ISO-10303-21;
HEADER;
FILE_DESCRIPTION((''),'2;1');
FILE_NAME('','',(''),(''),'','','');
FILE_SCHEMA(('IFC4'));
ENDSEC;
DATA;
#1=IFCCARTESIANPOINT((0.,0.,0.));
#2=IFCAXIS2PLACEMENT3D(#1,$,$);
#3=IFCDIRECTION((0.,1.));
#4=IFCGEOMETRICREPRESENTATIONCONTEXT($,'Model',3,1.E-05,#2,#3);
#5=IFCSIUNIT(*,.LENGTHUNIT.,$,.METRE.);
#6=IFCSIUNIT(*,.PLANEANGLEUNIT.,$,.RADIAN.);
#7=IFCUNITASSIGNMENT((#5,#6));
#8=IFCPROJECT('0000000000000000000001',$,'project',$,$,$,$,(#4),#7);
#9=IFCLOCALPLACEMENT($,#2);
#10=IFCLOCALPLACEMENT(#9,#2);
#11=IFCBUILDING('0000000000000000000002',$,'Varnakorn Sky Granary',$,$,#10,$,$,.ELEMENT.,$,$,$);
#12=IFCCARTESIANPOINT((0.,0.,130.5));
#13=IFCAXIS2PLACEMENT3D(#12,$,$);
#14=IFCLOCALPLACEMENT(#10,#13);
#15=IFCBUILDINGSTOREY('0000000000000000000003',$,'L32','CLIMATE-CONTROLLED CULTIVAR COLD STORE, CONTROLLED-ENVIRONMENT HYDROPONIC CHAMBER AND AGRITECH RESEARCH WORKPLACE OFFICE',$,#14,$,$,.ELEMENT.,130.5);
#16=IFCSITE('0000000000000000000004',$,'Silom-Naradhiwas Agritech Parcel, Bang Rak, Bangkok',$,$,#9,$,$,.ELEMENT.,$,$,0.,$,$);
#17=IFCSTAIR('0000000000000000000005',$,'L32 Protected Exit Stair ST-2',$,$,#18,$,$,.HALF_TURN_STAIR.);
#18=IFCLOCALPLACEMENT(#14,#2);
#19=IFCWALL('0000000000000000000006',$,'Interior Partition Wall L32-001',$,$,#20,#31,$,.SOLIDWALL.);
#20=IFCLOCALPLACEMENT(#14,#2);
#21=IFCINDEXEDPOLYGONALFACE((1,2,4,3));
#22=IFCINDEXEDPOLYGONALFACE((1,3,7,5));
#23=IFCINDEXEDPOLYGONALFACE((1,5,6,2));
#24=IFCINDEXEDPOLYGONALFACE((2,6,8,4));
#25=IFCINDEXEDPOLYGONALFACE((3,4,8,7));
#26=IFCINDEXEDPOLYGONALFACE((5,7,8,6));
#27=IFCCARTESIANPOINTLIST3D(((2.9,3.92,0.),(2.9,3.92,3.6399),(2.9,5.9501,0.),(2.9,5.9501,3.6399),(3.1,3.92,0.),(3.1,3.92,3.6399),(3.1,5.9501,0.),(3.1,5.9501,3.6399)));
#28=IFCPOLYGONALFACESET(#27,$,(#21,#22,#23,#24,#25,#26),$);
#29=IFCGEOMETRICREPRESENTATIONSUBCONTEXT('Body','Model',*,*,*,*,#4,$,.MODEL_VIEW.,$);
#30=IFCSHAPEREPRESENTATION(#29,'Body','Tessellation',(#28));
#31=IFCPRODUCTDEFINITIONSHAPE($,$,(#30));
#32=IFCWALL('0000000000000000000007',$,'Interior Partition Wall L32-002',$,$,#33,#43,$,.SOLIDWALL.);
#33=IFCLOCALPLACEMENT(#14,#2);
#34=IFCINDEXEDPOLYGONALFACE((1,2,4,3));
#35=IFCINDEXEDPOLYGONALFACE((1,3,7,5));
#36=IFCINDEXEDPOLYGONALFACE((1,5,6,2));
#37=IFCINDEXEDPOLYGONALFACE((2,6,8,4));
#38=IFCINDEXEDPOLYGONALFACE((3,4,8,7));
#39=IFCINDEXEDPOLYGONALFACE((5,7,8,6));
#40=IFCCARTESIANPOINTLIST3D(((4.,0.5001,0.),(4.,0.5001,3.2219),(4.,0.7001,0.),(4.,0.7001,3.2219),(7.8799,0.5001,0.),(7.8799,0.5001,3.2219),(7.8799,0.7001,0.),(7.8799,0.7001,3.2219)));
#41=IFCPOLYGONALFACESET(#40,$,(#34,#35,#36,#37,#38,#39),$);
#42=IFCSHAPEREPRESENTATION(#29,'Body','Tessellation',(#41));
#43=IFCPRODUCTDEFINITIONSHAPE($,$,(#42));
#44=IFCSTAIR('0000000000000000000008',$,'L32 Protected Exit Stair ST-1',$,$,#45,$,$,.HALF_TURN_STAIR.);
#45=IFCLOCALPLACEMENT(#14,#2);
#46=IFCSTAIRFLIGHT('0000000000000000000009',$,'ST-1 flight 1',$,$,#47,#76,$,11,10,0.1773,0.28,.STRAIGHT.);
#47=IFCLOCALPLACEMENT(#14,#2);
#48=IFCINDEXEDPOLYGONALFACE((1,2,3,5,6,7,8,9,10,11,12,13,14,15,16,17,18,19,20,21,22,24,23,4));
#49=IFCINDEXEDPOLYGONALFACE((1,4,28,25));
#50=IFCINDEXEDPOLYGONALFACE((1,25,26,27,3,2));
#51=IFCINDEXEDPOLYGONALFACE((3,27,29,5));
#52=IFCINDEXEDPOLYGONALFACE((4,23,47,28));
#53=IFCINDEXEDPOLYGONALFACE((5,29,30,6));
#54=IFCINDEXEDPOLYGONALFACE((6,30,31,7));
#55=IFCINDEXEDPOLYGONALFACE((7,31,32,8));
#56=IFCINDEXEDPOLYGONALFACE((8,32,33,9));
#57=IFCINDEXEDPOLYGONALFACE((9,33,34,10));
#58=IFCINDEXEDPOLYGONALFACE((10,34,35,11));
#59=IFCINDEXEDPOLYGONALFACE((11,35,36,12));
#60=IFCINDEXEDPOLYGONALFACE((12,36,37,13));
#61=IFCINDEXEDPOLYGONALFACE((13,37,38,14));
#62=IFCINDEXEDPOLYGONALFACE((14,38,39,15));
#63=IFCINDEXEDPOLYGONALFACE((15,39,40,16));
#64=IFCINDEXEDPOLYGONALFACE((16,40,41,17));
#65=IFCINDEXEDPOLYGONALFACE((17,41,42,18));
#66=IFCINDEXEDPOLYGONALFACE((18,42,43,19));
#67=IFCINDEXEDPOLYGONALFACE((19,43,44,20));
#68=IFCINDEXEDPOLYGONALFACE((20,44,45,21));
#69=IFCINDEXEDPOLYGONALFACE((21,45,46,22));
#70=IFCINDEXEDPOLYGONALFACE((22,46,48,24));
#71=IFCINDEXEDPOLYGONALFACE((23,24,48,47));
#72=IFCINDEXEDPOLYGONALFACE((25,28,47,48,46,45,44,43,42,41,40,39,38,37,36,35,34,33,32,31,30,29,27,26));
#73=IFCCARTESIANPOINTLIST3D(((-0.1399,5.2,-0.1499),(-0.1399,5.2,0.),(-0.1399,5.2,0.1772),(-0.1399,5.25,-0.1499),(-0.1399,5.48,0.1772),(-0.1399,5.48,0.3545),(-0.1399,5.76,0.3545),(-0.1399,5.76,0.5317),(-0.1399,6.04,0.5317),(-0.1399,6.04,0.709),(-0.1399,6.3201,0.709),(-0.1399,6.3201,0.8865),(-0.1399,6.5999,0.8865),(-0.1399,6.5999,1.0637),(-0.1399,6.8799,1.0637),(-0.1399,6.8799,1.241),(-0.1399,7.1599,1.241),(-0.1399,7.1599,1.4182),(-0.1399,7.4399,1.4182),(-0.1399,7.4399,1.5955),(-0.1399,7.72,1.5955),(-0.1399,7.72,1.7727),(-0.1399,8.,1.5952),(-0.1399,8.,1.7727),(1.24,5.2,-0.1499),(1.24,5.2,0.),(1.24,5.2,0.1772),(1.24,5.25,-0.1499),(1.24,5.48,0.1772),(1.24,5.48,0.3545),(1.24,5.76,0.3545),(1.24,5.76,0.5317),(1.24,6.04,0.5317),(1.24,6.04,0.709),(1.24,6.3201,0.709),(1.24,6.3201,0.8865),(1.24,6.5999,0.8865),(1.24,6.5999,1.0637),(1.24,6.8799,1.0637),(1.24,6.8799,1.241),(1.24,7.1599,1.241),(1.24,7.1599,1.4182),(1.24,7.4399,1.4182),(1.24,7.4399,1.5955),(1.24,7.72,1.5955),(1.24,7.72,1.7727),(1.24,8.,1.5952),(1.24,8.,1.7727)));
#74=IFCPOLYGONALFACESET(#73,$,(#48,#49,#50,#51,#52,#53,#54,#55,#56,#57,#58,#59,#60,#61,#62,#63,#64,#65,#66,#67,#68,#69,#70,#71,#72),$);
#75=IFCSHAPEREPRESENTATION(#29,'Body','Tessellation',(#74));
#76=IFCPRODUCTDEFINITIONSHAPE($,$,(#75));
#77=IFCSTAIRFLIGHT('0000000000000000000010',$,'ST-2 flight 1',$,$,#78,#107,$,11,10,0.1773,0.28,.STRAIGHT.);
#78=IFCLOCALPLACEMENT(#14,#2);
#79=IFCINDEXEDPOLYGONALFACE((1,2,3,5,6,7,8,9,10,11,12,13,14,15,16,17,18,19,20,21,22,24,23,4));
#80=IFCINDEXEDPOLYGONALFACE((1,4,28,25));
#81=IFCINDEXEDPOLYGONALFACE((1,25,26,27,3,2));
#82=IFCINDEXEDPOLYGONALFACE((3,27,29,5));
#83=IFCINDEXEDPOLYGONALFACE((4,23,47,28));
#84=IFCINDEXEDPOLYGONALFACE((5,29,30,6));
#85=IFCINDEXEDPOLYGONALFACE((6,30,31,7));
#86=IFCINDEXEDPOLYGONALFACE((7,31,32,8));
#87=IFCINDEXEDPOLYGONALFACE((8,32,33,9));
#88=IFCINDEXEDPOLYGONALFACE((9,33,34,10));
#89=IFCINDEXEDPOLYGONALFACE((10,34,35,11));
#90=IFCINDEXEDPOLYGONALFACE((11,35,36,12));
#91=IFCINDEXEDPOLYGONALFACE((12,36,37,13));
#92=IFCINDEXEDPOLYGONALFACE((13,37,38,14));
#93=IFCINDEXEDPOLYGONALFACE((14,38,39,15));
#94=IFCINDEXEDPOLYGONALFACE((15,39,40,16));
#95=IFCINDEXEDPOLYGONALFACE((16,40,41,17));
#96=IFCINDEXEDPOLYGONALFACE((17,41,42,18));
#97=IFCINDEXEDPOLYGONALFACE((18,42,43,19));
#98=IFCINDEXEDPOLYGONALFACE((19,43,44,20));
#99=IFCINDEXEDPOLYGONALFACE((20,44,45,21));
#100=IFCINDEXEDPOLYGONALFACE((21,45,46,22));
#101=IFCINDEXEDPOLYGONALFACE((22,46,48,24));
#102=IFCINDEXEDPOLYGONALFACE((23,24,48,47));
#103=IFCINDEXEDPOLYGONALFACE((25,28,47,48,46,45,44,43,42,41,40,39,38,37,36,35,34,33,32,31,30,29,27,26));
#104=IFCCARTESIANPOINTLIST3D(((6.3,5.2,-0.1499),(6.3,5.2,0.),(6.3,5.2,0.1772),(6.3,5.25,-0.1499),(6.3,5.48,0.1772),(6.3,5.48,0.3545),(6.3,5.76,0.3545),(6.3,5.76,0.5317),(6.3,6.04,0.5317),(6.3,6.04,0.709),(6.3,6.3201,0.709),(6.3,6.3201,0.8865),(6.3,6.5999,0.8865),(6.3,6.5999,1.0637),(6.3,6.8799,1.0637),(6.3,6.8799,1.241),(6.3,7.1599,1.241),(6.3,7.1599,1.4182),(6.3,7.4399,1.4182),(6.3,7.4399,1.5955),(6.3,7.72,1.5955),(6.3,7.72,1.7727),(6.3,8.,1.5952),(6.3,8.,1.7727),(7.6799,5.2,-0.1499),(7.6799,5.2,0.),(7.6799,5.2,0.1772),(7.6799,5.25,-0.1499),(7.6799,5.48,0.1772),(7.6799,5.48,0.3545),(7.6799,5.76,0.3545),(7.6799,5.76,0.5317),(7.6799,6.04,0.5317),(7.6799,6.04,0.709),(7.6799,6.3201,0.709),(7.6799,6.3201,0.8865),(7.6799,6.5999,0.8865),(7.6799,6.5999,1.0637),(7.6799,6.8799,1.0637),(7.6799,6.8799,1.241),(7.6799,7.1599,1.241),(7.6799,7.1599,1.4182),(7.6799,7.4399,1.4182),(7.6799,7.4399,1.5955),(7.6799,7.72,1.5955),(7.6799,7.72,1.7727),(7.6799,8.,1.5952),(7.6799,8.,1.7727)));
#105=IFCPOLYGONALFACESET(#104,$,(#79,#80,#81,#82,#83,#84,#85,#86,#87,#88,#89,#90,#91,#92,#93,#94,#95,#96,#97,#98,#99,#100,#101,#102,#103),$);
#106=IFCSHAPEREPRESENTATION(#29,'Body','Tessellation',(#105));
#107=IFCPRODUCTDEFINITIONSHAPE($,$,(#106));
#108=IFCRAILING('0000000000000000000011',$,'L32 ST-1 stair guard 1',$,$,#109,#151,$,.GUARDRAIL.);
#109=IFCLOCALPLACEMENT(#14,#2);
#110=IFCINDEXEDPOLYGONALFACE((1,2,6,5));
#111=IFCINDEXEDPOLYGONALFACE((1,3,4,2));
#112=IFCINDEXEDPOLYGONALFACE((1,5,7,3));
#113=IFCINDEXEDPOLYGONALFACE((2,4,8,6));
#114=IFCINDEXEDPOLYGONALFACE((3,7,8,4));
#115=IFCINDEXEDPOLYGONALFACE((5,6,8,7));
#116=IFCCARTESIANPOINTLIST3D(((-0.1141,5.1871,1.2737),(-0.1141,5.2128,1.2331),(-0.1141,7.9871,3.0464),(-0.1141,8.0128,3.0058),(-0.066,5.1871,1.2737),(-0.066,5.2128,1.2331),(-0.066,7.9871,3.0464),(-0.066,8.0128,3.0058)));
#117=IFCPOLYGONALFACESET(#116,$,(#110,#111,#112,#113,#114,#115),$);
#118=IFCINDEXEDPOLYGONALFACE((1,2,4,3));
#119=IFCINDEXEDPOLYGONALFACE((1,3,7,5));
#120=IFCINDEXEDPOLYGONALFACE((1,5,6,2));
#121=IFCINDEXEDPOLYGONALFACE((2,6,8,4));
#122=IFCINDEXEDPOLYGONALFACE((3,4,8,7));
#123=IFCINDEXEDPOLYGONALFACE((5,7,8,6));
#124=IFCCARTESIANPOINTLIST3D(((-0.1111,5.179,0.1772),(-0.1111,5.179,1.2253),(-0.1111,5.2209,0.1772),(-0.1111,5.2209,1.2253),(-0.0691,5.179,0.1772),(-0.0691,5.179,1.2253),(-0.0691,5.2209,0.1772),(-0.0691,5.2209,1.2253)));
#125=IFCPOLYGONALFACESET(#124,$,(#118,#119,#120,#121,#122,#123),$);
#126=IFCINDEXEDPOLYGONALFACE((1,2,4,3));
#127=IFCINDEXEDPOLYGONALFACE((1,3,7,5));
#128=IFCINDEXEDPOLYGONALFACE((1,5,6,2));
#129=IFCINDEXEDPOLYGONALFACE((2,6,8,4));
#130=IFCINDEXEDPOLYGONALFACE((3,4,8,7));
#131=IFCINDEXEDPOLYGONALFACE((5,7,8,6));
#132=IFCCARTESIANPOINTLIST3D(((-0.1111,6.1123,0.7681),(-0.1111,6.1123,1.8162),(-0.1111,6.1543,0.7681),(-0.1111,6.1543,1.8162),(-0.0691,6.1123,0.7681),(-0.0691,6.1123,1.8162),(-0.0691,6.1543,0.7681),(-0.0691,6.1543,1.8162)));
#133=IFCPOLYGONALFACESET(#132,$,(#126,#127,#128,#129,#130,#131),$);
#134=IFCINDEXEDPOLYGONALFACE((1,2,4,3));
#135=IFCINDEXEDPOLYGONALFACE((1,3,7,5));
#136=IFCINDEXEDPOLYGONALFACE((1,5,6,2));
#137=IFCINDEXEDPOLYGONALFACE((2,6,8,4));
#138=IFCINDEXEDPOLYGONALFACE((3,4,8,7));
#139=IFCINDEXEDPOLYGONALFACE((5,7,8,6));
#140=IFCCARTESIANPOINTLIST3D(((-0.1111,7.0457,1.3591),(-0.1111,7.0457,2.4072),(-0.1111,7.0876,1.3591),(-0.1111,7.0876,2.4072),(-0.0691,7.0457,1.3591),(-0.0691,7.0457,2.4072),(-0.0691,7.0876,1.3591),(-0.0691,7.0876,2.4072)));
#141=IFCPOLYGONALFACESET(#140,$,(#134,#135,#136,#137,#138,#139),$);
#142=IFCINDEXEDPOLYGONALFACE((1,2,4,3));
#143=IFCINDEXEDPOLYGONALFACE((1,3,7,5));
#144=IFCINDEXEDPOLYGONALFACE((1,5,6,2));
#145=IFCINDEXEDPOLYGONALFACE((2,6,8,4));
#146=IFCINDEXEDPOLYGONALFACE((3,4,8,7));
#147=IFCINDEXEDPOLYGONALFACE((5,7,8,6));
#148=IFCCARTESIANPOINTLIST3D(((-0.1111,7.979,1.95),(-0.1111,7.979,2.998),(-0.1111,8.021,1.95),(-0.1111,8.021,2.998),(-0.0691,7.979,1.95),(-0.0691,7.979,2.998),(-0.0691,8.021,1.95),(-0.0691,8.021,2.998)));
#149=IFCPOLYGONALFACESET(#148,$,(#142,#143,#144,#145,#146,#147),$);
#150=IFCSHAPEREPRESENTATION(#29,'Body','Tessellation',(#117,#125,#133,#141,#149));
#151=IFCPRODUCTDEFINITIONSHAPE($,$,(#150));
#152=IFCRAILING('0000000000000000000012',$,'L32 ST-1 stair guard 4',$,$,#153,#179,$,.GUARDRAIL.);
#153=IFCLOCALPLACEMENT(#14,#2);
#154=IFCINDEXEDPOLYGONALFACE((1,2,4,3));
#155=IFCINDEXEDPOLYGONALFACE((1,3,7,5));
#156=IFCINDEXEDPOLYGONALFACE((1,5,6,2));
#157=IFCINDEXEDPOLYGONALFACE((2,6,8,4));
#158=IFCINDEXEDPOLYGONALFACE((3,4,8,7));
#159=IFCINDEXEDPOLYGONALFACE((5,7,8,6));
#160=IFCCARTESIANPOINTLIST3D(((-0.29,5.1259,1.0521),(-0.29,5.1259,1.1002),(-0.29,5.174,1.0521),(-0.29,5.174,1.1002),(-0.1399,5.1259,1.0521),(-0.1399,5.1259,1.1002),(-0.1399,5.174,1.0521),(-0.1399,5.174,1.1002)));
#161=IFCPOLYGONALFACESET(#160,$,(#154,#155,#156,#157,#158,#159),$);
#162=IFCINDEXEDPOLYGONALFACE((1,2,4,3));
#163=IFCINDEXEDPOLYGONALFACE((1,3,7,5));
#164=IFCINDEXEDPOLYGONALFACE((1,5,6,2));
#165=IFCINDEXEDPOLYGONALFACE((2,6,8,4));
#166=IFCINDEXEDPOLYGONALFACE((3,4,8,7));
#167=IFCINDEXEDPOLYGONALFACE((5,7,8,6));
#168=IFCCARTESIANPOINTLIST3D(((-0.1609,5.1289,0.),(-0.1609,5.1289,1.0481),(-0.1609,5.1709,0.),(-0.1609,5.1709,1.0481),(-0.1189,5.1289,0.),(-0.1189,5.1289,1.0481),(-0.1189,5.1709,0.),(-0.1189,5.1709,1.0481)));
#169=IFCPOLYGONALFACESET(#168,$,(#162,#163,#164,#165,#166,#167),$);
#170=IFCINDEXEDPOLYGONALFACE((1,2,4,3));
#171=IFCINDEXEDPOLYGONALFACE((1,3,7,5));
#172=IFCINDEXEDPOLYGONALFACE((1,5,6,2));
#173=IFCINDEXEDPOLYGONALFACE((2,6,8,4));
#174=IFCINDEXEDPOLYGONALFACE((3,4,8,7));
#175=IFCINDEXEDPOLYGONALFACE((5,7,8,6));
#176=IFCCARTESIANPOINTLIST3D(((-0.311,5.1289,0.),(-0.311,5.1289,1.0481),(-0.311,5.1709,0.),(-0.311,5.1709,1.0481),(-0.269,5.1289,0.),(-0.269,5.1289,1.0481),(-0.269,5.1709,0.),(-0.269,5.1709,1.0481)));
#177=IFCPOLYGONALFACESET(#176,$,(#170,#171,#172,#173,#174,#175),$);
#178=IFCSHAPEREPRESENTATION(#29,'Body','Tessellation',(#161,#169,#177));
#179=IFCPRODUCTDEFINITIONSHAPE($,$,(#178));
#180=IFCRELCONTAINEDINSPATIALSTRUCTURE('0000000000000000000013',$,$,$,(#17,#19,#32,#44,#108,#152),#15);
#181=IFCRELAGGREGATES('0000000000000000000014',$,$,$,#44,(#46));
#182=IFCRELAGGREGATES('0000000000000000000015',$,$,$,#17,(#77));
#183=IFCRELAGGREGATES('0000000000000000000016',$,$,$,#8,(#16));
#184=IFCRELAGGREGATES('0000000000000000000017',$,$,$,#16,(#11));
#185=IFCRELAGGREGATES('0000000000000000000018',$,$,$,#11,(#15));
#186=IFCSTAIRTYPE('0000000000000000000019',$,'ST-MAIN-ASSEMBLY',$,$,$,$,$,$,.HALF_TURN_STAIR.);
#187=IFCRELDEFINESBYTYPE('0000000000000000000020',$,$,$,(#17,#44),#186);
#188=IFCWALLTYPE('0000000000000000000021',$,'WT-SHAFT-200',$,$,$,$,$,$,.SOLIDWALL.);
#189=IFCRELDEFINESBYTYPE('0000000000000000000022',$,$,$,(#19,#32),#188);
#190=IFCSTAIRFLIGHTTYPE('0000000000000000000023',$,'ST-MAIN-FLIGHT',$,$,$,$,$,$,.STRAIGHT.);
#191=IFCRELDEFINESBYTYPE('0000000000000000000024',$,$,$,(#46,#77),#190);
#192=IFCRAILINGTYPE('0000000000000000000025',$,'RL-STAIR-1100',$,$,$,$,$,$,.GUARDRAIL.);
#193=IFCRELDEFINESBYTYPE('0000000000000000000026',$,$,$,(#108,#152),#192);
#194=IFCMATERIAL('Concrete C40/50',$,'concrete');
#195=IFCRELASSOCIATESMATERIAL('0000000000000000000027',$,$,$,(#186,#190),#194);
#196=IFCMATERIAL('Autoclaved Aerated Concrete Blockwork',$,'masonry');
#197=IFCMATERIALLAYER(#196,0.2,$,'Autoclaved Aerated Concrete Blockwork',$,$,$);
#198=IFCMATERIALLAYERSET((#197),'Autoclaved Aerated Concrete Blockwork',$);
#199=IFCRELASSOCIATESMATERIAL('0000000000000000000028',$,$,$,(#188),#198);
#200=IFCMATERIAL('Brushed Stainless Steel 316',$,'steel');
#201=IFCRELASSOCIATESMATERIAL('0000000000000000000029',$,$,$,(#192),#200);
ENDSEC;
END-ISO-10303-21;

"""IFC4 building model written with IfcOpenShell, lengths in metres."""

from ifc_helpers import new_model, si_unit, direction, frame, frame_2d, origin, origin_2d, place, context, subcontext, project, spatial, polyline, rectangle, outline, extrude, material, layer, layer_set, type_object, element, aggregate, save


model = new_model("IFC4")

# Units and contexts
model_context = context("Model", 3, precision=1e-05, world=origin(), true_north=direction((0.0, 1.0)))
body_context = subcontext(model_context, "Body", "Model", "MODEL_VIEW")
ifc_project = project(units=[si_unit("LENGTHUNIT", "METRE"), si_unit("PLANEANGLEUNIT", "RADIAN")], contexts=[model_context])

# Site, building, storey
site_placement = place(None, origin())
site = spatial("IfcSite", under=ifc_project, at=site_placement, Name="Silom-Naradhiwas Agritech Parcel, Bang Rak, Bangkok", CompositionType="ELEMENT", RefElevation=0.0)
building_placement = place(site_placement, origin())
building = spatial("IfcBuilding", under=site, at=building_placement, Name="Varnakorn Sky Granary", CompositionType="ELEMENT")
storey_placement = place(building_placement, frame((0.0, 0.0, 130.5)))
storey = spatial("IfcBuildingStorey", under=building, at=storey_placement, Name="L32", Description="CLIMATE-CONTROLLED CULTIVAR COLD STORE, CONTROLLED-ENVIRONMENT HYDROPONIC CHAMBER AND AGRITECH RESEARCH WORKPLACE OFFICE", CompositionType="ELEMENT", Elevation=130.5)

# Stair
ifc_material_1 = material(Name="Concrete C40/50", Category="concrete")
stair_type = type_object("IfcStairType", Name="ST-MAIN-ASSEMBLY", PredefinedType="HALF_TURN_STAIR", material=ifc_material_1)
stair_1_placement = place(storey_placement, origin())
stair_1 = element("IfcStair", 1, at=stair_1_placement, inside=storey, type_object=stair_type, Name="L32 Protected Exit Stair ST-2", PredefinedType="HALF_TURN_STAIR")

# Shared definitions
ifc_material_2 = material(Name="Autoclaved Aerated Concrete Blockwork", Category="masonry")

# Walls
ifc_layer_1 = layer(ifc_material_2, 0.2, Name="Autoclaved Aerated Concrete Blockwork")
ifc_layer_set_1 = layer_set([ifc_layer_1], Name="Autoclaved Aerated Concrete Blockwork")
wall_type_1 = type_object("IfcWallType", Name="WT-SHAFT-200", PredefinedType="SOLIDWALL", material=ifc_layer_set_1)
wall_1_placement = place(storey_placement, frame((3.0, 3.9199, 0.0), z_axis=(0.0, 0.0, 1.0), x_axis=(0.0, 1.0, 0.0)))
element("IfcWall", 2, at=wall_1_placement, inside=storey, type_object=wall_type_1, Name="Interior Partition Wall L32-001", PredefinedType="SOLIDWALL", context=body_context, shape_type="SweptSolid", body=[
    extrude(rectangle(XDim=2.03, YDim=0.2, at=frame_2d((1.0151, 0.0))), origin(), (0.0, 0.0, 1.0), 3.6399),
])
wall_2_placement = place(storey_placement, frame((4.0, 0.6001, 0.0), z_axis=(0.0, 0.0, 1.0), x_axis=(1.0, 0.0, 0.0)))
element("IfcWall", 3, at=wall_2_placement, inside=storey, type_object=wall_type_1, Name="Interior Partition Wall L32-002", PredefinedType="SOLIDWALL", context=body_context, shape_type="SweptSolid", body=[
    extrude(rectangle(XDim=3.8799, YDim=0.2, at=frame_2d((1.9399, 0.0))), origin(), (0.0, 0.0, 1.0), 3.2219),
])

# Stair, stair flight
stair_2_placement = place(storey_placement, origin())
stair_2 = element("IfcStair", 4, at=stair_2_placement, inside=storey, type_object=stair_type, Name="L32 Protected Exit Stair ST-1", PredefinedType="HALF_TURN_STAIR")
stair_flight_type = type_object("IfcStairFlightType", Name="ST-MAIN-FLIGHT", PredefinedType="STRAIGHT", material=ifc_material_1)
stair_flight_1_placement = place(storey_placement, frame((0.55, 5.2, 0.0), z_axis=(0.0, 0.0, 1.0), x_axis=(0.0, 1.0, 0.0)))
stair_flight_1 = element("IfcStairFlight", 5, at=stair_flight_1_placement, type_object=stair_flight_type, Name="ST-1 flight 1", NumberOfRisers=11, NumberOfTreads=10, PredefinedType="STRAIGHT", RiserHeight=0.1773, TreadLength=0.28, context=body_context, shape_type="SweptSolid", body=[
    extrude(outline(polyline([(0.0, -0.1499), (0.0, 0.0), (0.0, 0.1772), (0.28, 0.1772), (0.28, 0.3545), (0.5601, 0.3545), (0.5601, 0.5317), (0.8401, 0.5317), (0.8401, 0.709), (1.1201, 0.709), (1.1201, 0.8865), (1.3999, 0.8865), (1.3999, 1.0637), (1.6799, 1.0637), (1.6799, 1.241), (1.96, 1.241), (1.96, 1.4182), (2.24, 1.4182), (2.24, 1.5955), (2.52, 1.5955), (2.52, 1.7727), (2.8, 1.7727), (2.8, 1.95), (2.8, 1.5952), (0.05, -0.1499), (0.0, -0.1499)])), frame((0.0, 0.6899, 0.0), z_axis=(0.0, -1.0, 0.0), x_axis=(1.0, 0.0, 0.0)), (0.0, 0.0, 1.0), 1.3799),
])
aggregate(stair_2, [stair_flight_1])

# Stair flight
stair_flight_2_placement = place(storey_placement, frame((6.99, 5.2, 0.0), z_axis=(0.0, 0.0, 1.0), x_axis=(0.0, 1.0, 0.0)))
stair_flight_2 = element("IfcStairFlight", 6, at=stair_flight_2_placement, type_object=stair_flight_type, Name="ST-2 flight 1", NumberOfRisers=11, NumberOfTreads=10, PredefinedType="STRAIGHT", RiserHeight=0.1773, TreadLength=0.28, context=body_context, shape_type="SweptSolid", body=[
    extrude(outline(polyline([(0.0, -0.1499), (0.0, 0.0), (0.0, 0.1772), (0.28, 0.1772), (0.28, 0.3545), (0.5601, 0.3545), (0.5601, 0.5317), (0.8401, 0.5317), (0.8401, 0.709), (1.1201, 0.709), (1.1201, 0.8865), (1.3999, 0.8865), (1.3999, 1.0637), (1.6799, 1.0637), (1.6799, 1.241), (1.96, 1.241), (1.96, 1.4182), (2.24, 1.4182), (2.24, 1.5955), (2.52, 1.5955), (2.52, 1.7727), (2.8, 1.7727), (2.8, 1.95), (2.8, 1.5952), (0.05, -0.1499), (0.0, -0.1499)])), frame((0.0, 0.6899, 0.0), z_axis=(0.0, -1.0, 0.0), x_axis=(1.0, 0.0, 0.0)), (0.0, 0.0, 1.0), 1.3799),
])
aggregate(stair_1, [stair_flight_2])

# Railings
ifc_material_3 = material(Name="Brushed Stainless Steel 316", Category="steel")
railing_type_1 = type_object("IfcRailingType", Name="RL-STAIR-1100", PredefinedType="GUARDRAIL", material=ifc_material_3)
railing_1_placement = place(storey_placement, frame((-0.0901, 5.2, 0.1772)))
element("IfcRailing", 7, at=railing_1_placement, inside=storey, type_object=railing_type_1, Name="L32 ST-1 stair guard 1", PredefinedType="GUARDRAIL", context=body_context, shape_type="SweptSolid", body=[
    extrude(rectangle(XDim=0.0481, YDim=0.0481, at=origin_2d()), frame((0.0, 0.0, 1.0762), z_axis=(0.0, 0.844909, 0.53491), x_axis=(-1.0, 0.0, 0.0)), (0.0, 0.0, 1.0), 3.314),
    extrude(rectangle(XDim=0.042, YDim=0.042, at=origin_2d()), origin(), (0.0, 0.0, 1.0), 1.0481),
    extrude(rectangle(XDim=0.042, YDim=0.042, at=origin_2d()), frame((0.0, 0.9333, 0.5908)), (0.0, 0.0, 1.0), 1.0481),
    extrude(rectangle(XDim=0.042, YDim=0.042, at=origin_2d()), frame((0.0, 1.8667, 1.1819)), (0.0, 0.0, 1.0), 1.0481),
    extrude(rectangle(XDim=0.042, YDim=0.042, at=origin_2d()), frame((0.0, 2.8, 1.7727)), (0.0, 0.0, 1.0), 1.0481),
])
railing_2_placement = place(storey_placement, frame((-0.1399, 5.1499, 0.0)))
element("IfcRailing", 8, at=railing_2_placement, inside=storey, type_object=railing_type_1, Name="L32 ST-1 stair guard 4", PredefinedType="GUARDRAIL", context=body_context, shape_type="SweptSolid", body=[
    extrude(rectangle(XDim=0.0481, YDim=0.0481, at=origin_2d()), frame((0.0, 0.0, 1.0762), z_axis=(-1.0, 0.0, 0.0), x_axis=(0.0, -1.0, 0.0)), (0.0, 0.0, 1.0), 0.1501),
    extrude(rectangle(XDim=0.042, YDim=0.042, at=origin_2d()), origin(), (0.0, 0.0, 1.0), 1.0481),
    extrude(rectangle(XDim=0.042, YDim=0.042, at=origin_2d()), frame((-0.1501, 0.0, 0.0)), (0.0, 0.0, 1.0), 1.0481),
])

save(model, "model.ifc")
